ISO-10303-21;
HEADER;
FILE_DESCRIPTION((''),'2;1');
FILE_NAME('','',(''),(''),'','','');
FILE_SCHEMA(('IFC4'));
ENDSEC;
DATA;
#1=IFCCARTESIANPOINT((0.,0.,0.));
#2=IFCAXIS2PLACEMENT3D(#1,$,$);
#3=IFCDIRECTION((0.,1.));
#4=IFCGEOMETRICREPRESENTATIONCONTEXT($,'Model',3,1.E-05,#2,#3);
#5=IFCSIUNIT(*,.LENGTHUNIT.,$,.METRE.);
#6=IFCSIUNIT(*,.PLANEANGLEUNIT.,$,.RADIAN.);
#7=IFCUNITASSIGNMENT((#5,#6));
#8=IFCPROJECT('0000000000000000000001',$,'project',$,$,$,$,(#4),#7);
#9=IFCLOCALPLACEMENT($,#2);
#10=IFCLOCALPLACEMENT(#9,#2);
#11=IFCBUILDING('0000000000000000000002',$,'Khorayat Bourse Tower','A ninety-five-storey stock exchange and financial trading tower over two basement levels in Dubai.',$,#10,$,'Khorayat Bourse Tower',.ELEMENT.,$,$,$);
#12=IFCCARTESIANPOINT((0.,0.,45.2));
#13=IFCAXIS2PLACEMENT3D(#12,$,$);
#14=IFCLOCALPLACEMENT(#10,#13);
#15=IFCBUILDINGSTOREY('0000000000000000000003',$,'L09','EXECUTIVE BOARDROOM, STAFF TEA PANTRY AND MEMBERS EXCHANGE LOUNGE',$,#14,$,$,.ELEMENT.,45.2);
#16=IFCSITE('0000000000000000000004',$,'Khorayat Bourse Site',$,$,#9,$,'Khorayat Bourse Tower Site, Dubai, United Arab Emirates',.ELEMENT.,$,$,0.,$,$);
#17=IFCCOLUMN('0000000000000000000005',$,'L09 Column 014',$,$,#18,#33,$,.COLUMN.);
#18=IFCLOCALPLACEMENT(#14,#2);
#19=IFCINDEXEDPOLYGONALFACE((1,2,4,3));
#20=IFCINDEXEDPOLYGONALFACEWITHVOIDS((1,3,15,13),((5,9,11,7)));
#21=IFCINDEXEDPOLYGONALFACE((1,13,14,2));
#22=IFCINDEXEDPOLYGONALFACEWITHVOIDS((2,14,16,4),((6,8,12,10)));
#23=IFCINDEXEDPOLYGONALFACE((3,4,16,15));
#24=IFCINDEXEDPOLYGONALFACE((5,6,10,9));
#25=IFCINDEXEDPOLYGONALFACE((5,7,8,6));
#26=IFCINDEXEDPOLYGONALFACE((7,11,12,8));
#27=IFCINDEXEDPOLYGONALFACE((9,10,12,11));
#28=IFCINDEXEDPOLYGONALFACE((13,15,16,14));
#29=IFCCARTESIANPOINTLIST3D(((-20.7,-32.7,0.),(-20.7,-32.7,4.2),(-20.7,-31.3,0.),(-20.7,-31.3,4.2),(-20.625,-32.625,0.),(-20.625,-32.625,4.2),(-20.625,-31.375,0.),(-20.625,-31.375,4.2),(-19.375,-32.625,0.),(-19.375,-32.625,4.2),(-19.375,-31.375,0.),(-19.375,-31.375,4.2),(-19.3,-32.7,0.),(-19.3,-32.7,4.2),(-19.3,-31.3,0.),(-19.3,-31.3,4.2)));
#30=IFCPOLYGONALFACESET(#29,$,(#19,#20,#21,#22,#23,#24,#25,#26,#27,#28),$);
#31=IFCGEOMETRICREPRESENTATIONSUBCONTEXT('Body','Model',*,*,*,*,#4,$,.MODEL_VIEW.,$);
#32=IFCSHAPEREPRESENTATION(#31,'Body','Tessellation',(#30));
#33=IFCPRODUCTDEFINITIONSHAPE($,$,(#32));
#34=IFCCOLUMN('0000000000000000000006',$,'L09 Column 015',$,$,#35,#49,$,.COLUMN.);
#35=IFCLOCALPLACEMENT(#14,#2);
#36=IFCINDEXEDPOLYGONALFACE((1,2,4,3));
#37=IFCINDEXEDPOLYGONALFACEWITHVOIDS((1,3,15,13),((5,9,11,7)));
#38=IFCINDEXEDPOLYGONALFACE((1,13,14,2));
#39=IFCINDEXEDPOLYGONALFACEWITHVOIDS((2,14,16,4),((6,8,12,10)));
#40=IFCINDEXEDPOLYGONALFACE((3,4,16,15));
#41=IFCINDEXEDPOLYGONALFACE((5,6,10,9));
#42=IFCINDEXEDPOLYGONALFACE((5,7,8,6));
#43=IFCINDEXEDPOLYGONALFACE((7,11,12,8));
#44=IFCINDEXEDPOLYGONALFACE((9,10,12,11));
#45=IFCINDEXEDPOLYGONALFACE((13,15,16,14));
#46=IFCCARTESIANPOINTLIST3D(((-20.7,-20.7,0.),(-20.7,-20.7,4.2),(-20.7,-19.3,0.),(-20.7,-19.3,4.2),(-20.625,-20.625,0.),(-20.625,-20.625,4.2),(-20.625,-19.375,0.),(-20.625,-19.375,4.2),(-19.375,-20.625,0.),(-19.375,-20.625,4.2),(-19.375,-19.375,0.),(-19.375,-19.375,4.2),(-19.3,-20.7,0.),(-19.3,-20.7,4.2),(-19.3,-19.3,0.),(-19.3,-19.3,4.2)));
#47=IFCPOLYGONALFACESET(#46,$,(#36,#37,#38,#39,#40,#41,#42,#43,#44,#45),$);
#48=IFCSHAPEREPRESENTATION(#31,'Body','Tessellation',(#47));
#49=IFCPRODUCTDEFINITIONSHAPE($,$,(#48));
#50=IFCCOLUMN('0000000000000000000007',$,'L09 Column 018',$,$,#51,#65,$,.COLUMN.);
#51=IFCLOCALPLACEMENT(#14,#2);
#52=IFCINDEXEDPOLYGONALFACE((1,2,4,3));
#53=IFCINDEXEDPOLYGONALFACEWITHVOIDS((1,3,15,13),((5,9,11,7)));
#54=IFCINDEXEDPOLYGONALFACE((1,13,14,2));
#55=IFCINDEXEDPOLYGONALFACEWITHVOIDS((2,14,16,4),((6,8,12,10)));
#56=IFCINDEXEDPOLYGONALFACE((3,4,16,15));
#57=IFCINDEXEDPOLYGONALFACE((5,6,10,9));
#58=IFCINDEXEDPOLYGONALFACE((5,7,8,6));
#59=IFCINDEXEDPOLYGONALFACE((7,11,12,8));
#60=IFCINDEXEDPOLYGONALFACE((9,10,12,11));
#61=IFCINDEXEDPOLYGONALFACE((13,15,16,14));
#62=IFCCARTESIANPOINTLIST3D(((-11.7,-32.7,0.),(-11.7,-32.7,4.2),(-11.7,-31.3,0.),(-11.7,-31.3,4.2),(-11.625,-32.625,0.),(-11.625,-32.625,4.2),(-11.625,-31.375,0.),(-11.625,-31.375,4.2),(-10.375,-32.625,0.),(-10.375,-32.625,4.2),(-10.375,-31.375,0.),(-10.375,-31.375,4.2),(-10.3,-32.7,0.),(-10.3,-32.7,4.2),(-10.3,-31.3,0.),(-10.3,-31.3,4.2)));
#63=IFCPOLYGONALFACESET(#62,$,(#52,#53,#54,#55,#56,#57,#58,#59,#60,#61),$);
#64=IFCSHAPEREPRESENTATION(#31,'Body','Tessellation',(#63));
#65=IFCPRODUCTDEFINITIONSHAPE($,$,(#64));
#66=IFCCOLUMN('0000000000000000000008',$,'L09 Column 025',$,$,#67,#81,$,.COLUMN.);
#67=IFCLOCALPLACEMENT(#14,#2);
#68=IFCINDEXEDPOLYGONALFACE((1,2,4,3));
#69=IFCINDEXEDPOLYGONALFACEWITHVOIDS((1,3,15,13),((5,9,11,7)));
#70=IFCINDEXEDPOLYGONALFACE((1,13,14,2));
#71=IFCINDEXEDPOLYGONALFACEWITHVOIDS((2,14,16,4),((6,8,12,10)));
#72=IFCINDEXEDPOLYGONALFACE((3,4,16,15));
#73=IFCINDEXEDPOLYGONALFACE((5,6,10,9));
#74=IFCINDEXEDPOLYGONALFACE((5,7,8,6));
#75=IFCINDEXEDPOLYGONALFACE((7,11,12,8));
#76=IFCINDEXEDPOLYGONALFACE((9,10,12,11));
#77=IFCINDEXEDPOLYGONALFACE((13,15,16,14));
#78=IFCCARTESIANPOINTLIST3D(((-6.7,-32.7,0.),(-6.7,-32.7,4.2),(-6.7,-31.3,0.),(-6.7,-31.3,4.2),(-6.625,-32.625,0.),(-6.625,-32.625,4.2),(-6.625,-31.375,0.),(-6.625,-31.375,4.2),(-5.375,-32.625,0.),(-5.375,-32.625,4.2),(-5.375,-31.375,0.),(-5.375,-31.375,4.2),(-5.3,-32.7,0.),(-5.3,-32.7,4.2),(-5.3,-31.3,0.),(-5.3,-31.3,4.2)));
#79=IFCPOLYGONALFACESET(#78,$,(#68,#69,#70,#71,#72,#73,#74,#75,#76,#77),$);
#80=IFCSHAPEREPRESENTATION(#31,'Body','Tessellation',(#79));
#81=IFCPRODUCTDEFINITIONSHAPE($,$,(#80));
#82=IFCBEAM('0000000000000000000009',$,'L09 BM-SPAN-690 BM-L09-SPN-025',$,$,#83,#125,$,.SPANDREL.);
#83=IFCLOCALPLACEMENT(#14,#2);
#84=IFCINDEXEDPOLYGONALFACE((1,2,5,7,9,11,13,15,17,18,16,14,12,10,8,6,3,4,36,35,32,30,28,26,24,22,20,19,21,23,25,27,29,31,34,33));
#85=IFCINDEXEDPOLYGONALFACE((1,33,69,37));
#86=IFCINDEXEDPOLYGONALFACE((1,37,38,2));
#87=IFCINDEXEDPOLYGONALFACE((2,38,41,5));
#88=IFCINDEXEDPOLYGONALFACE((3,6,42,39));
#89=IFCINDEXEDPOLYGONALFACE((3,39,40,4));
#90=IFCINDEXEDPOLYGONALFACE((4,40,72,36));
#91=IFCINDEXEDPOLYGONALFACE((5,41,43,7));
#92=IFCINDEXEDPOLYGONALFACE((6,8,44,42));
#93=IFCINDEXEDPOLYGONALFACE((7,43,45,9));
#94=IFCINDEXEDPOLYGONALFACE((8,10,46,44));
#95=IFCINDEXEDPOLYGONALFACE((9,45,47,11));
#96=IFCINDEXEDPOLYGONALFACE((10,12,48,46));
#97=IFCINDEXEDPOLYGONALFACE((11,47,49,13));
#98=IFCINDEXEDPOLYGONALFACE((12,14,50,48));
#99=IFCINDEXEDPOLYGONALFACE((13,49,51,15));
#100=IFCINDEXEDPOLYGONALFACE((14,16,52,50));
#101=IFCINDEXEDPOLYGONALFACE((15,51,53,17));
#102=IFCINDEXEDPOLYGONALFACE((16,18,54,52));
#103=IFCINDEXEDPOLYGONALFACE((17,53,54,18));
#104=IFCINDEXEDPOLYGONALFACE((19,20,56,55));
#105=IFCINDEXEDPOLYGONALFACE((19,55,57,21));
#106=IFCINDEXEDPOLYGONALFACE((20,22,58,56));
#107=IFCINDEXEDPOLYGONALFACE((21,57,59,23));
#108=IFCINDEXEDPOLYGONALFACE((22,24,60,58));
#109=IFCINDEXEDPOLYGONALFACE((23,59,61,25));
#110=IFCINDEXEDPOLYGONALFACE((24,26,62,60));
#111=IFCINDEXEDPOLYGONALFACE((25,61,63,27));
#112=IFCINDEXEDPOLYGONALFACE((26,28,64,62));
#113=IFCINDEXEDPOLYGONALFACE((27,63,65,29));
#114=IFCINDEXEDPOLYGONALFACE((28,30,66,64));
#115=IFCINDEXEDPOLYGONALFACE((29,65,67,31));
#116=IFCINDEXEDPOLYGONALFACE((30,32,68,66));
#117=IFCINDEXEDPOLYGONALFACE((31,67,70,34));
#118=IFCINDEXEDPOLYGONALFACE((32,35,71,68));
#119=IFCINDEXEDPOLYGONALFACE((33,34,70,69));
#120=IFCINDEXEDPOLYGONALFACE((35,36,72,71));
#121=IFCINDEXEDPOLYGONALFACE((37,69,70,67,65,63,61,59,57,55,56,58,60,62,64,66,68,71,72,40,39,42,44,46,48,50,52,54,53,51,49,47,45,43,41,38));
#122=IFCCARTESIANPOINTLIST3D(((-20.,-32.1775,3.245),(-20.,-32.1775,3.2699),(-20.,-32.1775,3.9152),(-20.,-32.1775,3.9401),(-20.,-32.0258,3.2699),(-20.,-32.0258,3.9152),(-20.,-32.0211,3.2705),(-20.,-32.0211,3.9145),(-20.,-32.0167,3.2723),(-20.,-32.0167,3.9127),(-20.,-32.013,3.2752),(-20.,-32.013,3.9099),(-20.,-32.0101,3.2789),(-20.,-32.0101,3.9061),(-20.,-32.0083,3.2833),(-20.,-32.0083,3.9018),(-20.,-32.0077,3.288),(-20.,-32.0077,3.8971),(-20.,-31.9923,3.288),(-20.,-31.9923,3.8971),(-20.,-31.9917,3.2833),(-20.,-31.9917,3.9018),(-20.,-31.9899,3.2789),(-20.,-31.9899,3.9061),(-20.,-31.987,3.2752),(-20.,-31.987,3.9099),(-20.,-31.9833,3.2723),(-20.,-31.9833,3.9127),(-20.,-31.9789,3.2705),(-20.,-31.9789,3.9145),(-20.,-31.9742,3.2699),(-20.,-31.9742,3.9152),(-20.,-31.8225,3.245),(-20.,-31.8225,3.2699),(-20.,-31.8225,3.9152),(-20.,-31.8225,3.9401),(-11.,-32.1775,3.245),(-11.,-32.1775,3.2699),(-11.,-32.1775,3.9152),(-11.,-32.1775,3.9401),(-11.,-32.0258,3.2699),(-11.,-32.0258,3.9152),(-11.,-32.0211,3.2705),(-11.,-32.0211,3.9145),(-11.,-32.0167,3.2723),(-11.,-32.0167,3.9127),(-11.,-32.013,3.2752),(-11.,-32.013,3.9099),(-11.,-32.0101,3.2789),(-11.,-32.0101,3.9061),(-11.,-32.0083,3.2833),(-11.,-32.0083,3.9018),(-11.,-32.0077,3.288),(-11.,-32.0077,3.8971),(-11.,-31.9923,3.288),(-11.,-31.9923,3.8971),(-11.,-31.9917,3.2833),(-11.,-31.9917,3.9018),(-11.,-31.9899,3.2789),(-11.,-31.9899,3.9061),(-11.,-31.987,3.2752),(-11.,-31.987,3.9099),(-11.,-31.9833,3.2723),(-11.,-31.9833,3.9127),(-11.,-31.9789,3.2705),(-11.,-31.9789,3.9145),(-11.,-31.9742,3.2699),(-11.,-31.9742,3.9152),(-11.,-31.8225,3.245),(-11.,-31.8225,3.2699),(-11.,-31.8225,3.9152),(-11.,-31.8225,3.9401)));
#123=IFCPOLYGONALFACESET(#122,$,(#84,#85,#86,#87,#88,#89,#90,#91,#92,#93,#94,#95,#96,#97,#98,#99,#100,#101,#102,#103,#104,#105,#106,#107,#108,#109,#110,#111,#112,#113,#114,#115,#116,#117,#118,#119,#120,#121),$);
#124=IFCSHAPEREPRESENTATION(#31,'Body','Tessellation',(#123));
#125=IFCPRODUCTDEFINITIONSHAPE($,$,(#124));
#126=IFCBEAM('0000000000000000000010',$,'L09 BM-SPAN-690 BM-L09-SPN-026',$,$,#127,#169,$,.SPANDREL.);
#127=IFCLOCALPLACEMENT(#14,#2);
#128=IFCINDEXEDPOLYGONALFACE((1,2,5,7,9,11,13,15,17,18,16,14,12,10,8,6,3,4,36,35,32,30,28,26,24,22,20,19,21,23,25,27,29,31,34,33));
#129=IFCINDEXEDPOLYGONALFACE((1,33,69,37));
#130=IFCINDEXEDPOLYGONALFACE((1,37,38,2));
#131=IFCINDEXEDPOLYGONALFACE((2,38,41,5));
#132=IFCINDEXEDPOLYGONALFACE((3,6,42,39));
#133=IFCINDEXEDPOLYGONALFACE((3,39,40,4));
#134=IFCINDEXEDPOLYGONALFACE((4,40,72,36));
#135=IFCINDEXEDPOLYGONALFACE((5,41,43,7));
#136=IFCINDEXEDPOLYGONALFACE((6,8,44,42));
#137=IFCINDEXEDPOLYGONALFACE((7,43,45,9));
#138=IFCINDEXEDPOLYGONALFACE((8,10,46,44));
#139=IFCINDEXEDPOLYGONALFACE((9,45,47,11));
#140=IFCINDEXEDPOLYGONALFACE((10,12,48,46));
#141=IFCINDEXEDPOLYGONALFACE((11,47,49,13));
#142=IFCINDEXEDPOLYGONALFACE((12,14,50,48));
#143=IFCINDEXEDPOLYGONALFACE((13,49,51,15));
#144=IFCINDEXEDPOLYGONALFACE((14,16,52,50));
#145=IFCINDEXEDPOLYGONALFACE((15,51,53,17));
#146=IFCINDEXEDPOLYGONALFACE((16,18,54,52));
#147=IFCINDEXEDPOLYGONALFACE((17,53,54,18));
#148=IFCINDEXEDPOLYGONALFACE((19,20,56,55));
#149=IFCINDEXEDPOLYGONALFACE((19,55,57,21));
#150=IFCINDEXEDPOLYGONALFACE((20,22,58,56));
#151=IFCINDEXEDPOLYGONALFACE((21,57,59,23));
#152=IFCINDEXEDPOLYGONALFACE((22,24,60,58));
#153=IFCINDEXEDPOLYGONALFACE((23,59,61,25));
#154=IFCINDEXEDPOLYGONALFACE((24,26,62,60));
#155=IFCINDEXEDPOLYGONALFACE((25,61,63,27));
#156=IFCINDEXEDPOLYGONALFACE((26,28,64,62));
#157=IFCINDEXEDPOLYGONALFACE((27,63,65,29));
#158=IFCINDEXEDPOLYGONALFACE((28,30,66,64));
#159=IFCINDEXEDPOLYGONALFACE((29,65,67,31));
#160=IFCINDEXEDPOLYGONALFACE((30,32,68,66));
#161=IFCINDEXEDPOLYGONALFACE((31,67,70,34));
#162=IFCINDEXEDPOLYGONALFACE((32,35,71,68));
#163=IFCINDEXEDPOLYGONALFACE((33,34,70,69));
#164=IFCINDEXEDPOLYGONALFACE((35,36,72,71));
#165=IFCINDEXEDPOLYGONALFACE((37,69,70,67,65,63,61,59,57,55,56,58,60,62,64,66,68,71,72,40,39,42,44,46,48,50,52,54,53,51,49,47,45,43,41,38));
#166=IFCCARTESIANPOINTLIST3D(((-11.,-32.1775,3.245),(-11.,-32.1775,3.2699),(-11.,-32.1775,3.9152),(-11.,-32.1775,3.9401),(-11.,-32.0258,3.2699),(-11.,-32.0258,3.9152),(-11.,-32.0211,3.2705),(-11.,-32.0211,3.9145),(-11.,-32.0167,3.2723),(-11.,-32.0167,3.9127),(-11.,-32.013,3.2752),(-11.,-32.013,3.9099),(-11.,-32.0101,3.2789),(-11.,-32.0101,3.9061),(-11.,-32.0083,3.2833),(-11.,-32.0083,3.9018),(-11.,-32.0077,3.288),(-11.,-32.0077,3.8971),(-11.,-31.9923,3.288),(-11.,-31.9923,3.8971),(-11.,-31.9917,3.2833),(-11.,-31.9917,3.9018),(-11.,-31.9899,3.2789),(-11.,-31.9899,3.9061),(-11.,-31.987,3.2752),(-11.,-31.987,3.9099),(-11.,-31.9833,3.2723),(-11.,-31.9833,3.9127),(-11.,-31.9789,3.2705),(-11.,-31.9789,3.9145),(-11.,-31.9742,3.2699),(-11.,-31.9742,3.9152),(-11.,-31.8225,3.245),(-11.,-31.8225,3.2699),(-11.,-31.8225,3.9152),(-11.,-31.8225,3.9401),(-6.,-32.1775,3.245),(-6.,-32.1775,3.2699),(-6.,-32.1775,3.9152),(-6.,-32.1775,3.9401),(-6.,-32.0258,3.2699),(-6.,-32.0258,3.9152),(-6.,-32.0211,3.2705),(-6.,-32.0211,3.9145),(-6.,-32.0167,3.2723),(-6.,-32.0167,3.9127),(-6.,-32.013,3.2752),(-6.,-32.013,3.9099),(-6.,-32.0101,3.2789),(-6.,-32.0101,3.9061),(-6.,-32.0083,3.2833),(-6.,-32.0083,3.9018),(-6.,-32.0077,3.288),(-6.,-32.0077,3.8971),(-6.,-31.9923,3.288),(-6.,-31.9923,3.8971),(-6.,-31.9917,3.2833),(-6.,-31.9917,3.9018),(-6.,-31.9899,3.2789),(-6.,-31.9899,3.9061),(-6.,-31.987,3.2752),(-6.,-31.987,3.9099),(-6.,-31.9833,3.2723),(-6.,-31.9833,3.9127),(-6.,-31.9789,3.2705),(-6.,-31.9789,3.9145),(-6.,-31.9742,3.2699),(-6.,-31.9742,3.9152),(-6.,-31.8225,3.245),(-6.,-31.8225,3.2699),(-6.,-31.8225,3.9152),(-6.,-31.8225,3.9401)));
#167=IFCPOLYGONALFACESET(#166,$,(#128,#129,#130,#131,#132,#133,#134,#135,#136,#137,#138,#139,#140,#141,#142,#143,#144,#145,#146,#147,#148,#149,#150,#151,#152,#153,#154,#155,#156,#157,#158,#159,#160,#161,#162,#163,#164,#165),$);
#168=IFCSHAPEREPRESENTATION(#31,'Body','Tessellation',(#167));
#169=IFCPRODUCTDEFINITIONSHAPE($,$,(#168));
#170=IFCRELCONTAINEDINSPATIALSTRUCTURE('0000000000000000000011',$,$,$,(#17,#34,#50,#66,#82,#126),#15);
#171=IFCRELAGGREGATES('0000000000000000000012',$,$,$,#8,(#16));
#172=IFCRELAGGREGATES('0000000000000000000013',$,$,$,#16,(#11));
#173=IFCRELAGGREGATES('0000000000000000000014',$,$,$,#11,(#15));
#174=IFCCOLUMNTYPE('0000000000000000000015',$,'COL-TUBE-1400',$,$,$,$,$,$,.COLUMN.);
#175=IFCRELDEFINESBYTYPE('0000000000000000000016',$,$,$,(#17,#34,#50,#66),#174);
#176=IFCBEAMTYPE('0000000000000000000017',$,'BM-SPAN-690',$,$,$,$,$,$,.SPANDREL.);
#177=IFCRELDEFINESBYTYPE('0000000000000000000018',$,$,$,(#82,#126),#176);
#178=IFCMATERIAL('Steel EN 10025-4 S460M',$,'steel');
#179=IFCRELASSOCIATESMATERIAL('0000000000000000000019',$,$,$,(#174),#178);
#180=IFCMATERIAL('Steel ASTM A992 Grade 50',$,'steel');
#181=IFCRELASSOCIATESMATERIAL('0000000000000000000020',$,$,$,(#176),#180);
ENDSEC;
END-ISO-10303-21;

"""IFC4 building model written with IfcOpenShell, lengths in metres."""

from ifc_helpers import new_model, si_unit, direction, frame, origin, origin_2d, place, context, subcontext, project, spatial, hollow_rectangle, i_section, extrude, source, transform, mapped, material, material_profile, profile_set, type_object, element, save


model = new_model("IFC4")

# Units and contexts
model_context = context("Model", 3, precision=1e-05, world=origin(), true_north=direction((0.0, 1.0)))
body_context = subcontext(model_context, "Body", "Model", "MODEL_VIEW")
ifc_project = project(units=[si_unit("LENGTHUNIT", "METRE"), si_unit("PLANEANGLEUNIT", "RADIAN")], contexts=[model_context])

# Site, building, storey
site_placement = place(None, origin())
site = spatial("IfcSite", under=ifc_project, at=site_placement, Name="Khorayat Bourse Site", LongName="Khorayat Bourse Tower Site, Dubai, United Arab Emirates", CompositionType="ELEMENT", RefElevation=0.0)
building_placement = place(site_placement, origin())
building = spatial("IfcBuilding", under=site, at=building_placement, Name="Khorayat Bourse Tower", Description="A ninety-five-storey stock exchange and financial trading tower over two basement levels in Dubai.", LongName="Khorayat Bourse Tower", CompositionType="ELEMENT")
storey_placement = place(building_placement, frame((0.0, 0.0, 45.2)))
storey = spatial("IfcBuildingStorey", under=building, at=storey_placement, Name="L09", Description="EXECUTIVE BOARDROOM, STAFF TEA PANTRY AND MEMBERS EXCHANGE LOUNGE", CompositionType="ELEMENT", Elevation=45.2)

# Columns
ifc_material_1 = material(Name="Steel EN 10025-4 S460M", Category="steel")
ifc_material_profile_1 = material_profile(ifc_material_1, hollow_rectangle(XDim=1.3999, YDim=1.3999, WallThickness=0.075, at=origin_2d()), Name="BOX 1400x1400x75")
ifc_profile_set_1 = profile_set([ifc_material_profile_1], Name="Steel EN 10025-4 S460M")
column_type = type_object("IfcColumnType", Name="COL-TUBE-1400", PredefinedType="COLUMN", material=ifc_profile_set_1)
shared_shape_1 = source(origin(), body_context, "Body", "SweptSolid", [
    extrude(hollow_rectangle(XDim=1.3999, YDim=1.3999, WallThickness=0.075, at=origin_2d()), origin(), (0.0, 0.0, 1.0), 4.2),
])
for number, where, z_axis, x_axis, name in (
    (1, (-20.0, -32.0, 0.0), (0.0, 0.0, 1.0), (1.0, 0.0, 0.0), "L09 Column 014"),
    (2, (-20.0, -20.0, 0.0), (0.0, 0.0, 1.0), (1.0, 0.0, 0.0), "L09 Column 015"),
    (3, (-11.0, -32.0, 0.0), (0.0, 0.0, 1.0), (1.0, 0.0, 0.0), "L09 Column 018"),
    (4, (-6.0, -32.0, 0.0), (0.0, 0.0, 1.0), (1.0, 0.0, 0.0), "L09 Column 025"),
):
    element("IfcColumn", number, at=place(storey_placement, frame(where, z_axis=z_axis, x_axis=x_axis)), inside=storey, type_object=column_type, Name=name, PredefinedType="COLUMN", context=body_context, shape_type="MappedRepresentation", body=[
        mapped(shared_shape_1, transform((0.0, 0.0, 0.0), scale=1.0)),
    ])

# Beams
ifc_material_2 = material(Name="Steel ASTM A992 Grade 50", Category="steel")
ifc_material_profile_2 = material_profile(ifc_material_2, i_section(OverallWidth=0.355, OverallDepth=0.6951, WebThickness=0.0154, FlangeThickness=0.0249, FilletRadius=0.0181, at=origin_2d()), Name="W690X217")
ifc_profile_set_2 = profile_set([ifc_material_profile_2], Name="Steel ASTM A992 Grade 50")
beam_type_1 = type_object("IfcBeamType", Name="BM-SPAN-690", PredefinedType="SPANDREL", material=ifc_profile_set_2)
shared_shape_2 = source(origin(), body_context, "Body", "SweptSolid", [
    extrude(i_section(OverallWidth=0.355, OverallDepth=0.6951, WebThickness=0.0154, FlangeThickness=0.0249, FilletRadius=0.0181, at=origin_2d()), origin(), (0.0, 0.0, 1.0), 9.0),
])
beam_1_placement = place(storey_placement, frame((-20.0, -32.0, 3.5925), z_axis=(1.0, 0.0, 0.0), x_axis=(0.0, 1.0, 0.0)))
element("IfcBeam", 5, at=beam_1_placement, inside=storey, type_object=beam_type_1, Name="L09 BM-SPAN-690 BM-L09-SPN-025", PredefinedType="SPANDREL", context=body_context, shape_type="MappedRepresentation", body=[
    mapped(shared_shape_2, transform((0.0, 0.0, 0.0), scale=1.0)),
])
shared_shape_3 = source(origin(), body_context, "Body", "SweptSolid", [
    extrude(i_section(OverallWidth=0.355, OverallDepth=0.6951, WebThickness=0.0154, FlangeThickness=0.0249, FilletRadius=0.0181, at=origin_2d()), origin(), (0.0, 0.0, 1.0), 5.0),
])
beam_2_placement = place(storey_placement, frame((-11.0, -32.0, 3.5925), z_axis=(1.0, 0.0, 0.0), x_axis=(0.0, 1.0, 0.0)))
element("IfcBeam", 6, at=beam_2_placement, inside=storey, type_object=beam_type_1, Name="L09 BM-SPAN-690 BM-L09-SPN-026", PredefinedType="SPANDREL", context=body_context, shape_type="MappedRepresentation", body=[
    mapped(shared_shape_3, transform((0.0, 0.0, 0.0), scale=1.0)),
])

save(model, "model.ifc")
